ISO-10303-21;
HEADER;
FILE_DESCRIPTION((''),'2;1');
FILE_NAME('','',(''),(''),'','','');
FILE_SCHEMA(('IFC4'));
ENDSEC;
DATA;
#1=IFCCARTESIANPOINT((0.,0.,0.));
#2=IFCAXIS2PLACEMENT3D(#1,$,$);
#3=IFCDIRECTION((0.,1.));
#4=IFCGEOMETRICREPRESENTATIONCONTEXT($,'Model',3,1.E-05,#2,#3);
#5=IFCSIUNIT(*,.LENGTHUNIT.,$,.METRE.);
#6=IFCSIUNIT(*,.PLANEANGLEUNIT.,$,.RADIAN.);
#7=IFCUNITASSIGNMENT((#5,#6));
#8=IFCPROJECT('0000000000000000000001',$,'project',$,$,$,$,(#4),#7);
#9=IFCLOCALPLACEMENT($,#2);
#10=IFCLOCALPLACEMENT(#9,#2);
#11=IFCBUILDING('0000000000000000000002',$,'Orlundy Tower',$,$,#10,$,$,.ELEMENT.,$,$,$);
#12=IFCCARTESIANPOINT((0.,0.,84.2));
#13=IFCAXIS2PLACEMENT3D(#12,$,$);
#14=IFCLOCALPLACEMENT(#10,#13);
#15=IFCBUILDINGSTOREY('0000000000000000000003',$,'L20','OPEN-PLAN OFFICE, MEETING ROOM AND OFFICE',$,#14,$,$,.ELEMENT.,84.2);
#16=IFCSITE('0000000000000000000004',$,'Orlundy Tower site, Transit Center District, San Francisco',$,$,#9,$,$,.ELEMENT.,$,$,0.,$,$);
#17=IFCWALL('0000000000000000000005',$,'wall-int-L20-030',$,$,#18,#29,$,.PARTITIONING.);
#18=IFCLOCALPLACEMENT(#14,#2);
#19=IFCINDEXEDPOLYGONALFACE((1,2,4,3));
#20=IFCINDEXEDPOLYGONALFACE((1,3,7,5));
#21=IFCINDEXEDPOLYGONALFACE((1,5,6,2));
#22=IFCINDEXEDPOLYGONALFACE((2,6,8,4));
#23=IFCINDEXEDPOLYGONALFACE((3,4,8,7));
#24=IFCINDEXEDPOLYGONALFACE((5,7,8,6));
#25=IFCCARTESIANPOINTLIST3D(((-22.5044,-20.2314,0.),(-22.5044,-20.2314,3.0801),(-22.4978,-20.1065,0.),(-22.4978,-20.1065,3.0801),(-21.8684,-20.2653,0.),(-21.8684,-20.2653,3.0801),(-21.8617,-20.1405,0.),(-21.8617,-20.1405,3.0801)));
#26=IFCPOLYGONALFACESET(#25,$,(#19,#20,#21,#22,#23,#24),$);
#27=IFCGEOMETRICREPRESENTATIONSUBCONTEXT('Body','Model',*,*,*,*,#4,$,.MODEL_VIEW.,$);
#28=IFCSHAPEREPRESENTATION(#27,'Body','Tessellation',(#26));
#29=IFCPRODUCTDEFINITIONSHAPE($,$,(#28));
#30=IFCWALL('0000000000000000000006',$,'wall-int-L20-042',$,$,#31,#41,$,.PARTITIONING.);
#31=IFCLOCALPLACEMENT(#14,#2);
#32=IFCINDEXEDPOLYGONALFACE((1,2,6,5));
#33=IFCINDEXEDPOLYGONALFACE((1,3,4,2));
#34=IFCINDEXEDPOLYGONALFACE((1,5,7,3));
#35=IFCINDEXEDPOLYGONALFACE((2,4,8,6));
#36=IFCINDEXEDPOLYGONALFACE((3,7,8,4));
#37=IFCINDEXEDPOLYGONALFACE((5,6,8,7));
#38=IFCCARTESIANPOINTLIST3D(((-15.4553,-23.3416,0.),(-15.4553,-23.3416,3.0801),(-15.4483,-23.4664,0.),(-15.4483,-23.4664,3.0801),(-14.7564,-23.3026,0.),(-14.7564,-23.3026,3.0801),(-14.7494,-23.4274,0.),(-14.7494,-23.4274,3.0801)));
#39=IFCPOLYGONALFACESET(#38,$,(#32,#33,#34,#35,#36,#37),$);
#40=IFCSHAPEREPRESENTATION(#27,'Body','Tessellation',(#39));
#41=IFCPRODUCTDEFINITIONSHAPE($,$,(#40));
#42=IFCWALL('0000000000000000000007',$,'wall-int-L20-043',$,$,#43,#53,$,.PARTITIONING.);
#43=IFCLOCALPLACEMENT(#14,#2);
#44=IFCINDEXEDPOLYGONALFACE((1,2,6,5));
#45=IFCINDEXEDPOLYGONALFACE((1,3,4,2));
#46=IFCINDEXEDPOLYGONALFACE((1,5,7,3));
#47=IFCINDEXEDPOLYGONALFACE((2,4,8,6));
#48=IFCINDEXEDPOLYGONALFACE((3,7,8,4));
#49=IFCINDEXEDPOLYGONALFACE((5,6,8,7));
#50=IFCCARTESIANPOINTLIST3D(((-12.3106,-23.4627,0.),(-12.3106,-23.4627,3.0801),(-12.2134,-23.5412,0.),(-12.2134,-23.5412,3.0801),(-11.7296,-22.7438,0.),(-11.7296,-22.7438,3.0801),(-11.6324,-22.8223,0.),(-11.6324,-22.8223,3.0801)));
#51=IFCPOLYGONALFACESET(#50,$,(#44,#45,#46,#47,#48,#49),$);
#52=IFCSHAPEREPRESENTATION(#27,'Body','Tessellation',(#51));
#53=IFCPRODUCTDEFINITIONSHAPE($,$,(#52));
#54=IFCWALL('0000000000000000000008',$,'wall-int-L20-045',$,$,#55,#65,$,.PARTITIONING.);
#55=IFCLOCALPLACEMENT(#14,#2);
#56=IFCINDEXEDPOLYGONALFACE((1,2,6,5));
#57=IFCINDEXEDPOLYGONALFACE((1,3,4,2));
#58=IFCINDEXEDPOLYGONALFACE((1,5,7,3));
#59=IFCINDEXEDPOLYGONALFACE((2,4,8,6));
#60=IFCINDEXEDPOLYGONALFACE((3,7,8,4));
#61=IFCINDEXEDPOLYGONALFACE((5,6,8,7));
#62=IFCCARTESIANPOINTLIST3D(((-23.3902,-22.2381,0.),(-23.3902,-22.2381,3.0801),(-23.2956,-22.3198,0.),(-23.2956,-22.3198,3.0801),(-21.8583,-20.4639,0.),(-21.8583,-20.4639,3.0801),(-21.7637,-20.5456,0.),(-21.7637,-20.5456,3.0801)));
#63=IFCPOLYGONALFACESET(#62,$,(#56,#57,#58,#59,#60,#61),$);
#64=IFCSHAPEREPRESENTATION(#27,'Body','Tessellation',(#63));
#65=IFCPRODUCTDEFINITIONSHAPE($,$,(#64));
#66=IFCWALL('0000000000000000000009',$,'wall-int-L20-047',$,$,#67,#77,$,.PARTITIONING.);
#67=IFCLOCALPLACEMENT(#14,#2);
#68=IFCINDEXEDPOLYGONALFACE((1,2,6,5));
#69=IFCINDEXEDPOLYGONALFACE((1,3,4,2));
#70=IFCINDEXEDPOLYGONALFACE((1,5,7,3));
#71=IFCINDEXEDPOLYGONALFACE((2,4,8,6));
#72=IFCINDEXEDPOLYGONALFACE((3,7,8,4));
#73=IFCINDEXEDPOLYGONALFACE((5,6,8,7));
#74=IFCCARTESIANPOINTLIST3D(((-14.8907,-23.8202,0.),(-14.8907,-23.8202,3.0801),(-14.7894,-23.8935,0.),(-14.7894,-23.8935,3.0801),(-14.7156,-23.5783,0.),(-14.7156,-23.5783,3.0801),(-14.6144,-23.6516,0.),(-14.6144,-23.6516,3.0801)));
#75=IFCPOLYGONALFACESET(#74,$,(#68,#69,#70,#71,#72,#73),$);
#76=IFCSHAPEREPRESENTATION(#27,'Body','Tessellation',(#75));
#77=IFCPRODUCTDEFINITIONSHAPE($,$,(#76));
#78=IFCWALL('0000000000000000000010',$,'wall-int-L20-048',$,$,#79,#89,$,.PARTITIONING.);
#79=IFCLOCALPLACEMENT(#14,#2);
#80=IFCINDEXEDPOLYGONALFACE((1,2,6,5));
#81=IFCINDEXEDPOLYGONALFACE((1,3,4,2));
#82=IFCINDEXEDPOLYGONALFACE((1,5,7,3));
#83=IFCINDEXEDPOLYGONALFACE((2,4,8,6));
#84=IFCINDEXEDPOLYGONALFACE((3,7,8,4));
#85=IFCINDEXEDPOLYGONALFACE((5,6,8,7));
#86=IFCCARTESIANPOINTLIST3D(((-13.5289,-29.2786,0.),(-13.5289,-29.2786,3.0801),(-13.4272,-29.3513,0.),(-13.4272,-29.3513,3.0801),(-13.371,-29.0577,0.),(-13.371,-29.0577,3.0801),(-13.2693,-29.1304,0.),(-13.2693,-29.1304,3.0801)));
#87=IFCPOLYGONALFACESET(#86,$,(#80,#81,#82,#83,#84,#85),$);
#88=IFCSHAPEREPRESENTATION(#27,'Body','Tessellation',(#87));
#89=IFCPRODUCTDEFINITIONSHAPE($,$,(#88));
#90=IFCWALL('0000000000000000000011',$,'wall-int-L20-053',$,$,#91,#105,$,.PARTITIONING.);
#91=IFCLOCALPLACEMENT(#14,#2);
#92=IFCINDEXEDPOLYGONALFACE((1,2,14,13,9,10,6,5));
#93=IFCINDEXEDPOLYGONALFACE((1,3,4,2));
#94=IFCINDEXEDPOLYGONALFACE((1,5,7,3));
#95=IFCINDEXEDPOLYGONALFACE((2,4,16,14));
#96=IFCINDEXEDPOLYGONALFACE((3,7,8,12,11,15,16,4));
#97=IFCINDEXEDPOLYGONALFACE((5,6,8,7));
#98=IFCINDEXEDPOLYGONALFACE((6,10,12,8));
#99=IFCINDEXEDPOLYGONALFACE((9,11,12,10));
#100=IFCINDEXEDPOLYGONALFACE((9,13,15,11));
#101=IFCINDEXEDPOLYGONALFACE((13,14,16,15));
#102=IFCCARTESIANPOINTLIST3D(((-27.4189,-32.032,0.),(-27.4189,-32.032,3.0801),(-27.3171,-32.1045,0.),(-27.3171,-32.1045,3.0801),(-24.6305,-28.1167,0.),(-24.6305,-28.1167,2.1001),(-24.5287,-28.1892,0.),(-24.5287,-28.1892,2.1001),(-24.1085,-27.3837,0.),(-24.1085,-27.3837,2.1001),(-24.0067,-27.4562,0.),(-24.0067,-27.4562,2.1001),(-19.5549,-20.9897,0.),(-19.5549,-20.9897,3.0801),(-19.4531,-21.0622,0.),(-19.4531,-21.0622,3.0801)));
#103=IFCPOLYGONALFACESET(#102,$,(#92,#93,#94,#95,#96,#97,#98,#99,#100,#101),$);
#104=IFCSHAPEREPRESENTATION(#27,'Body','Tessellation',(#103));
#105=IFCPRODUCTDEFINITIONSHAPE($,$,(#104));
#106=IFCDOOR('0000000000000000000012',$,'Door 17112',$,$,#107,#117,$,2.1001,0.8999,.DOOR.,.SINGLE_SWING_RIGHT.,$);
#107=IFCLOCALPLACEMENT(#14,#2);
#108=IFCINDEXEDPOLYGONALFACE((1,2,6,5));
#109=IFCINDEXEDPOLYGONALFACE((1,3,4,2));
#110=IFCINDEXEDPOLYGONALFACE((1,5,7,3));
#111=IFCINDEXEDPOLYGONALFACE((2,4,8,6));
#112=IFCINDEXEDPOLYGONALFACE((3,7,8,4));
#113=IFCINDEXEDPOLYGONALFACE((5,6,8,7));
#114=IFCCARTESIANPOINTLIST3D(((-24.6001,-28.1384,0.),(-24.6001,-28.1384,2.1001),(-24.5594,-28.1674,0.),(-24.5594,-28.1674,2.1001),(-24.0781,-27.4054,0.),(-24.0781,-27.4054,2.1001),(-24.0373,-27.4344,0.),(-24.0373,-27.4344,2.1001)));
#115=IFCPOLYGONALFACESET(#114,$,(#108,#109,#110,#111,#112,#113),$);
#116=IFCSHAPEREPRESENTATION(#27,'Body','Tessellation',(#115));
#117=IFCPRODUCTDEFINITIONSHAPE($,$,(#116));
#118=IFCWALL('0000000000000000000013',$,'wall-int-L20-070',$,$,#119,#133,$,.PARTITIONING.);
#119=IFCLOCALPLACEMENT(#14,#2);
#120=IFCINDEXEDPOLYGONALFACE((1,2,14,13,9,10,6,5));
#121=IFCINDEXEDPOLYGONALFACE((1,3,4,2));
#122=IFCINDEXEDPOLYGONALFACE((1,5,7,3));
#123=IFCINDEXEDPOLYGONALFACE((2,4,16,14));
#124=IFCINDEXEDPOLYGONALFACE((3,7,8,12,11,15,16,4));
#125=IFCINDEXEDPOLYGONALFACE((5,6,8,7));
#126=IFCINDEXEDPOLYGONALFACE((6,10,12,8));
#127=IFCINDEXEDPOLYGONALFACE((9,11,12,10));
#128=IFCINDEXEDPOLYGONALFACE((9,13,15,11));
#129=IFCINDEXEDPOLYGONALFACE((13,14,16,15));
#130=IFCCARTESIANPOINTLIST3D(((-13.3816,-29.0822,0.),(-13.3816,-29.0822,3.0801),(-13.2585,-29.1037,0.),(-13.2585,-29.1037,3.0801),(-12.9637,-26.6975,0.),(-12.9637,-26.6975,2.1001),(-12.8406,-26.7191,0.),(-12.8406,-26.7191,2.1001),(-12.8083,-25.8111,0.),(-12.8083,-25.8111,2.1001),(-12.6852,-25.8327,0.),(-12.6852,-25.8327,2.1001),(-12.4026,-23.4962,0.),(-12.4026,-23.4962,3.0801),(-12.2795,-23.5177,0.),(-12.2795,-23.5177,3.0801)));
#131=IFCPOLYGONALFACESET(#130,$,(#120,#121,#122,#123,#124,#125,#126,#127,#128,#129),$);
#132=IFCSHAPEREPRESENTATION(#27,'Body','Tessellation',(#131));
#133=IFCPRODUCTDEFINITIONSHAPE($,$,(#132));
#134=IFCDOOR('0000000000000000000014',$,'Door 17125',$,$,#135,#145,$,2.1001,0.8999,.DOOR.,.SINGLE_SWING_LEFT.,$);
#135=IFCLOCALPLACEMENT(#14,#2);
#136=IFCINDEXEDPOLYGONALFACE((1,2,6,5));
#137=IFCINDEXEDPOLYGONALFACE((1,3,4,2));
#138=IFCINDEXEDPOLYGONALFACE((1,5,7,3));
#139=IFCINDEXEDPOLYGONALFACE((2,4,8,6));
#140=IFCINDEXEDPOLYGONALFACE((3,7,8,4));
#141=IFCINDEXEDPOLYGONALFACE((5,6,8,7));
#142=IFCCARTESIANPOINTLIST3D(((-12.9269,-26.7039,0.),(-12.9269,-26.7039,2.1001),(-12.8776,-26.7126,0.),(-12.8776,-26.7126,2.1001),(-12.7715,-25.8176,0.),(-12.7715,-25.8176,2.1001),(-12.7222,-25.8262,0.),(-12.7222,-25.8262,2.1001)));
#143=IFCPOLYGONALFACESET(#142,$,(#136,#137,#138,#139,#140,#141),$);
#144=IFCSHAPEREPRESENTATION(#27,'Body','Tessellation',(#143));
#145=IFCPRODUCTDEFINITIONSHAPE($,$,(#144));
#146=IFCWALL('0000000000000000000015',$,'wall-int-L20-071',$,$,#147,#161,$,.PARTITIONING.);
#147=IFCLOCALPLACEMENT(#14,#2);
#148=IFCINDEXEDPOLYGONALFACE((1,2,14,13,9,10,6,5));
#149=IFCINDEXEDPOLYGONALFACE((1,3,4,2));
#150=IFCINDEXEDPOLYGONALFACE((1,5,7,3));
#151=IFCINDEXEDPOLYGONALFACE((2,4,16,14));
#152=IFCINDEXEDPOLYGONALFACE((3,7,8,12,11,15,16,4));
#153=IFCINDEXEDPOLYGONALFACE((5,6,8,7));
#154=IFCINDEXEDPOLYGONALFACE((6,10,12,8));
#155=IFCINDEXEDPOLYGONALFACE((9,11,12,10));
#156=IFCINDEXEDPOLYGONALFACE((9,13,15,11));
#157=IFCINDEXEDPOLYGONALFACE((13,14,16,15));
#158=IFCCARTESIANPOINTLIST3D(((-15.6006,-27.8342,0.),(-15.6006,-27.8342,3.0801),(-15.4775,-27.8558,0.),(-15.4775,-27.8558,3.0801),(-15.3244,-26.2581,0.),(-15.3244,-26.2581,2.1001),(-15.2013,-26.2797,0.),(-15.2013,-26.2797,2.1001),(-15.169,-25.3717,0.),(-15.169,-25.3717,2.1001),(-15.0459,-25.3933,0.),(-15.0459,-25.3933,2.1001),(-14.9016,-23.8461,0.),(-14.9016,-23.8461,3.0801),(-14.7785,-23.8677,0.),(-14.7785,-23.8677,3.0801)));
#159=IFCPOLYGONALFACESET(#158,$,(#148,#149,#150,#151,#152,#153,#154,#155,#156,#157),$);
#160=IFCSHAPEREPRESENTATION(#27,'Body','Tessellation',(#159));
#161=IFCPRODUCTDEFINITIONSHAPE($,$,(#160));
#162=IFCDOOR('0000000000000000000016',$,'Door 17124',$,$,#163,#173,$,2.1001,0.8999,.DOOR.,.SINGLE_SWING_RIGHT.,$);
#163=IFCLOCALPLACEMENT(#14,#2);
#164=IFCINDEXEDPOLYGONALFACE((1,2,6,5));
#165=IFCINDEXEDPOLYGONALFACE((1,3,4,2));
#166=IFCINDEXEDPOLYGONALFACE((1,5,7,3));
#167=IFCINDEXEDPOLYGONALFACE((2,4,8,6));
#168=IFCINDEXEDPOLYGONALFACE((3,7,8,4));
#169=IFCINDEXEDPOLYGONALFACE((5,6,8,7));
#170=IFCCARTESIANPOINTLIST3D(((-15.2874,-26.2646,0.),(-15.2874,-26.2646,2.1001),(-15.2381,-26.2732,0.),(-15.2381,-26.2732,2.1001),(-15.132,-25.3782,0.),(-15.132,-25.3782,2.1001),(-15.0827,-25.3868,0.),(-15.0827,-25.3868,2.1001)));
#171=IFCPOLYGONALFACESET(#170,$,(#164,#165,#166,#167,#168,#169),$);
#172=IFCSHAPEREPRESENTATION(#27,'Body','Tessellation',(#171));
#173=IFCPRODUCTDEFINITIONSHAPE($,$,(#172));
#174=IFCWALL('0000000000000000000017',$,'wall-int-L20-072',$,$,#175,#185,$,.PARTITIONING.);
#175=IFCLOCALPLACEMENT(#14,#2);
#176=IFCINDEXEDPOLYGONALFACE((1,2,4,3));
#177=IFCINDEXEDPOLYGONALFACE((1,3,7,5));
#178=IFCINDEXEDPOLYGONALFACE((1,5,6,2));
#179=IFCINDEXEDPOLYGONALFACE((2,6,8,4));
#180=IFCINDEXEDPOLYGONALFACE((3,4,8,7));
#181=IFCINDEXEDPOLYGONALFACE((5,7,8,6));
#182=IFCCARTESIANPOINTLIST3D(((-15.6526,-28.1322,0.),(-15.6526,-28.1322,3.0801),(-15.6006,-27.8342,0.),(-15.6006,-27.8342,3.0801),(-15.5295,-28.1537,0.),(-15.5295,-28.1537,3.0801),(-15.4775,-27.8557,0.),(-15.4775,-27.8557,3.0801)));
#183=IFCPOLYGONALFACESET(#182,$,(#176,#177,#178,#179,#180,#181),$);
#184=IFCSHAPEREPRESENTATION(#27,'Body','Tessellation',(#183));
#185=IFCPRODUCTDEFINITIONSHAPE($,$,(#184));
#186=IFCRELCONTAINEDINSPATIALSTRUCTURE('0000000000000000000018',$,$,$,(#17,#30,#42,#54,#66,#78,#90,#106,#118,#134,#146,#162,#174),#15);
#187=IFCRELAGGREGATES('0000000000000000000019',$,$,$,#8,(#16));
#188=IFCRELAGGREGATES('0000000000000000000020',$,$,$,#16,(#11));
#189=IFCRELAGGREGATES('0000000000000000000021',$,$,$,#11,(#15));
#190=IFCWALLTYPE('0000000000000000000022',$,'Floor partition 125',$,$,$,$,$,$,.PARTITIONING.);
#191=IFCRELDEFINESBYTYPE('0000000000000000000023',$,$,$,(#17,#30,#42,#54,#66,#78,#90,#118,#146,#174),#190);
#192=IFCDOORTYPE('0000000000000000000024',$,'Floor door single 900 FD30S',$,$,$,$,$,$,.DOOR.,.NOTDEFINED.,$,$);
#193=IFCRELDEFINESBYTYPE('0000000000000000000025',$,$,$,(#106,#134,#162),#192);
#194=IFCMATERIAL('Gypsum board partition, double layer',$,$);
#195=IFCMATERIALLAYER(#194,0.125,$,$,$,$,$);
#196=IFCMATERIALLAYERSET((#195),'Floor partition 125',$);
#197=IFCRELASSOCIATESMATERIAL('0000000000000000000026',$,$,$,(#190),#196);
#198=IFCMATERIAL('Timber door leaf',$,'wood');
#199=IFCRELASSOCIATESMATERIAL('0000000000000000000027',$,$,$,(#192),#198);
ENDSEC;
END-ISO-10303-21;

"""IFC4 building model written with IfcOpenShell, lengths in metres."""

from ifc_helpers import new_model, si_unit, direction, frame, frame_2d, origin, place, context, subcontext, project, spatial, rectangle, extrude, material, layer, layer_set, type_object, element, fill, save


model = new_model("IFC4")

# Units and contexts
model_context = context("Model", 3, precision=1e-05, world=origin(), true_north=direction((0.0, 1.0)))
body_context = subcontext(model_context, "Body", "Model", "MODEL_VIEW")
ifc_project = project(units=[si_unit("LENGTHUNIT", "METRE"), si_unit("PLANEANGLEUNIT", "RADIAN")], contexts=[model_context])

# Site, building, storey
site_placement = place(None, origin())
site = spatial("IfcSite", under=ifc_project, at=site_placement, Name="Orlundy Tower site, Transit Center District, San Francisco", CompositionType="ELEMENT", RefElevation=0.0)
building_placement = place(site_placement, origin())
building = spatial("IfcBuilding", under=site, at=building_placement, Name="Orlundy Tower", CompositionType="ELEMENT")
storey_placement = place(building_placement, frame((0.0, 0.0, 84.2)))
storey = spatial("IfcBuildingStorey", under=building, at=storey_placement, Name="L20", Description="OPEN-PLAN OFFICE, MEETING ROOM AND OFFICE", CompositionType="ELEMENT", Elevation=84.2)

# Walls
ifc_material_1 = material(Name="Gypsum board partition, double layer")
ifc_layer_1 = layer(ifc_material_1, 0.125)
ifc_layer_set_1 = layer_set([ifc_layer_1], Name="Floor partition 125")
wall_type_1 = type_object("IfcWallType", Name="Floor partition 125", PredefinedType="PARTITIONING", material=ifc_layer_set_1)
wall_1_placement = place(storey_placement, frame((-22.501, -20.1689, 0.0), z_axis=(0.0, 0.0, 1.0), x_axis=(0.998579, -0.053283, 0.0)))
element("IfcWall", 1, at=wall_1_placement, inside=storey, type_object=wall_type_1, Name="wall-int-L20-030", PredefinedType="PARTITIONING", context=body_context, shape_type="SweptSolid", body=[
    extrude(rectangle(XDim=0.637, YDim=0.125, at=frame_2d((0.3184, 0.0))), origin(), (0.0, 0.0, 1.0), 3.0801),
])
wall_2_placement = place(storey_placement, frame((-15.4519, -23.4041, 0.0), z_axis=(0.0, 0.0, 1.0), x_axis=(0.998442, 0.055798, 0.0)))
element("IfcWall", 2, at=wall_2_placement, inside=storey, type_object=wall_type_1, Name="wall-int-L20-042", PredefinedType="PARTITIONING", context=body_context, shape_type="SweptSolid", body=[
    extrude(rectangle(XDim=0.7, YDim=0.125, at=frame_2d((0.3501, 0.0))), origin(), (0.0, 0.0, 1.0), 3.0801),
])
wall_3_placement = place(storey_placement, frame((-12.262, -23.502, 0.0), z_axis=(0.0, 0.0, 1.0), x_axis=(0.628552, 0.777767, 0.0)))
element("IfcWall", 3, at=wall_3_placement, inside=storey, type_object=wall_type_1, Name="wall-int-L20-043", PredefinedType="PARTITIONING", context=body_context, shape_type="SweptSolid", body=[
    extrude(rectangle(XDim=0.9243, YDim=0.125, at=frame_2d((0.4622, 0.0))), origin(), (0.0, 0.0, 1.0), 3.0801),
])
wall_4_placement = place(storey_placement, frame((-21.811, -20.5049, 0.0), z_axis=(0.0, 0.0, 1.0), x_axis=(-0.653557, -0.756877, 0.0)))
element("IfcWall", 4, at=wall_4_placement, inside=storey, type_object=wall_type_1, Name="wall-int-L20-045", PredefinedType="PARTITIONING", context=body_context, shape_type="SweptSolid", body=[
    extrude(rectangle(XDim=2.344, YDim=0.125, at=frame_2d((1.1719, 0.0))), origin(), (0.0, 0.0, 1.0), 3.0801),
])
wall_5_placement = place(storey_placement, frame((-14.8401, -23.8569, 0.0), z_axis=(0.0, 0.0, 1.0), x_axis=(0.586177, 0.810183, 0.0)))
element("IfcWall", 5, at=wall_5_placement, inside=storey, type_object=wall_type_1, Name="wall-int-L20-047", PredefinedType="PARTITIONING", context=body_context, shape_type="SweptSolid", body=[
    extrude(rectangle(XDim=0.2986, YDim=0.125, at=frame_2d((0.1494, 0.0))), origin(), (0.0, 0.0, 1.0), 3.0801),
])
wall_6_placement = place(storey_placement, frame((-13.478, -29.3149, 0.0), z_axis=(0.0, 0.0, 1.0), x_axis=(0.581578, 0.81349, 0.0)))
element("IfcWall", 6, at=wall_6_placement, inside=storey, type_object=wall_type_1, Name="wall-int-L20-048", PredefinedType="PARTITIONING", context=body_context, shape_type="SweptSolid", body=[
    extrude(rectangle(XDim=0.2715, YDim=0.125, at=frame_2d((0.1357, 0.0))), origin(), (0.0, 0.0, 1.0), 3.0801),
])

# Walls, openings, doors
wall_7_placement = place(storey_placement, frame((-19.5039, -21.0259, 0.0), z_axis=(0.0, 0.0, 1.0), x_axis=(-0.5801, -0.814546, 0.0)))
wall_7 = element("IfcWall", 7, at=wall_7_placement, inside=storey, type_object=wall_type_1, Name="wall-int-L20-053", PredefinedType="PARTITIONING", context=body_context, shape_type="SweptSolid", body=[
    extrude(rectangle(XDim=13.5564, YDim=0.125, at=frame_2d((6.7783, 0.0))), origin(), (0.0, 0.0, 1.0), 3.0801),
])
opening_1_placement = place(wall_7_placement, frame((7.8499, 0.0, 0.0)))
opening_1 = element("IfcOpeningElement", 8, at=opening_1_placement, cuts=wall_7, PredefinedType="OPENING", context=body_context, shape_type="SweptSolid", body=[
    extrude(rectangle(XDim=0.8999, YDim=2.1001, at=frame_2d((0.45, 1.05))), frame((0.0, 0.0725, 0.0), z_axis=(0.0, -1.0, 0.0), x_axis=(1.0, 0.0, 0.0)), (0.0, 0.0, 1.0), 0.145),
])
ifc_material_2 = material(Name="Timber door leaf", Category="wood")
door_type_1 = type_object("IfcDoorType", Name="Floor door single 900 FD30S", OperationType="NOTDEFINED", PredefinedType="DOOR", material=ifc_material_2)
door_1_placement = place(opening_1_placement, origin())
door_1 = element("IfcDoor", 9, at=door_1_placement, inside=storey, type_object=door_type_1, Name="Door 17112", OperationType="SINGLE_SWING_RIGHT", OverallHeight=2.1001, OverallWidth=0.8999, PredefinedType="DOOR", context=body_context, shape_type="SweptSolid", body=[
    extrude(rectangle(XDim=0.8999, YDim=2.1001, at=frame_2d((0.45, 1.05))), frame((0.0, 0.0249, 0.0), z_axis=(0.0, -1.0, 0.0), x_axis=(1.0, 0.0, 0.0)), (0.0, 0.0, 1.0), 0.05),
])
fill(opening_1, door_1)
wall_8_placement = place(storey_placement, frame((-12.3411, -23.5071, 0.0), z_axis=(0.0, 0.0, 1.0), x_axis=(-0.172631, -0.984987, 0.0)))
wall_8 = element("IfcWall", 10, at=wall_8_placement, inside=storey, type_object=wall_type_1, Name="wall-int-L20-070", PredefinedType="PARTITIONING", context=body_context, shape_type="SweptSolid", body=[
    extrude(rectangle(XDim=5.6711, YDim=0.125, at=frame_2d((2.8354, 0.0))), origin(), (0.0, 0.0, 1.0), 3.0801),
])
opening_2_placement = place(wall_8_placement, frame((2.3501, 0.0, 0.0)))
opening_2 = element("IfcOpeningElement", 11, at=opening_2_placement, cuts=wall_8, PredefinedType="OPENING", context=body_context, shape_type="SweptSolid", body=[
    extrude(rectangle(XDim=0.8999, YDim=2.1001, at=frame_2d((0.45, 1.05))), frame((0.0, 0.0725, 0.0), z_axis=(0.0, -1.0, 0.0), x_axis=(1.0, 0.0, 0.0)), (0.0, 0.0, 1.0), 0.145),
])
door_2_placement = place(opening_2_placement, origin())
door_2 = element("IfcDoor", 12, at=door_2_placement, inside=storey, type_object=door_type_1, Name="Door 17125", OperationType="SINGLE_SWING_LEFT", OverallHeight=2.1001, OverallWidth=0.8999, PredefinedType="DOOR", context=body_context, shape_type="SweptSolid", body=[
    extrude(rectangle(XDim=0.8999, YDim=2.1001, at=frame_2d((0.45, 1.05))), frame((0.0, 0.0249, 0.0), z_axis=(0.0, -1.0, 0.0), x_axis=(1.0, 0.0, 0.0)), (0.0, 0.0, 1.0), 0.05),
])
fill(opening_2, door_2)
wall_9_placement = place(storey_placement, frame((-15.5391, -27.845, 0.0), z_axis=(0.0, 0.0, 1.0), x_axis=(0.172636, 0.984986, 0.0)))
wall_9 = element("IfcWall", 13, at=wall_9_placement, inside=storey, type_object=wall_type_1, Name="wall-int-L20-071", PredefinedType="PARTITIONING", context=body_context, shape_type="SweptSolid", body=[
    extrude(rectangle(XDim=4.0488, YDim=0.125, at=frame_2d((2.0244, 0.0))), origin(), (0.0, 0.0, 1.0), 3.0801),
])
opening_3_placement = place(wall_9_placement, frame((1.6001, 0.0, 0.0)))
opening_3 = element("IfcOpeningElement", 14, at=opening_3_placement, cuts=wall_9, PredefinedType="OPENING", context=body_context, shape_type="SweptSolid", body=[
    extrude(rectangle(XDim=0.8999, YDim=2.1001, at=frame_2d((0.45, 1.05))), frame((0.0, 0.0725, 0.0), z_axis=(0.0, -1.0, 0.0), x_axis=(1.0, 0.0, 0.0)), (0.0, 0.0, 1.0), 0.145),
])
door_3_placement = place(opening_3_placement, origin())
door_3 = element("IfcDoor", 15, at=door_3_placement, inside=storey, type_object=door_type_1, Name="Door 17124", OperationType="SINGLE_SWING_RIGHT", OverallHeight=2.1001, OverallWidth=0.8999, PredefinedType="DOOR", context=body_context, shape_type="SweptSolid", body=[
    extrude(rectangle(XDim=0.8999, YDim=2.1001, at=frame_2d((0.45, 1.05))), frame((0.0, 0.0249, 0.0), z_axis=(0.0, -1.0, 0.0), x_axis=(1.0, 0.0, 0.0)), (0.0, 0.0, 1.0), 0.05),
])
fill(opening_3, door_3)

# Wall
wall_10_placement = place(storey_placement, frame((-15.5911, -28.1431, 0.0), z_axis=(0.0, 0.0, 1.0), x_axis=(0.171852, 0.985123, 0.0)))
element("IfcWall", 16, at=wall_10_placement, inside=storey, type_object=wall_type_1, Name="wall-int-L20-072", PredefinedType="PARTITIONING", context=body_context, shape_type="SweptSolid", body=[
    extrude(rectangle(XDim=0.3025, YDim=0.125, at=frame_2d((0.1514, 0.0))), origin(), (0.0, 0.0, 1.0), 3.0801),
])

save(model, "model.ifc")
